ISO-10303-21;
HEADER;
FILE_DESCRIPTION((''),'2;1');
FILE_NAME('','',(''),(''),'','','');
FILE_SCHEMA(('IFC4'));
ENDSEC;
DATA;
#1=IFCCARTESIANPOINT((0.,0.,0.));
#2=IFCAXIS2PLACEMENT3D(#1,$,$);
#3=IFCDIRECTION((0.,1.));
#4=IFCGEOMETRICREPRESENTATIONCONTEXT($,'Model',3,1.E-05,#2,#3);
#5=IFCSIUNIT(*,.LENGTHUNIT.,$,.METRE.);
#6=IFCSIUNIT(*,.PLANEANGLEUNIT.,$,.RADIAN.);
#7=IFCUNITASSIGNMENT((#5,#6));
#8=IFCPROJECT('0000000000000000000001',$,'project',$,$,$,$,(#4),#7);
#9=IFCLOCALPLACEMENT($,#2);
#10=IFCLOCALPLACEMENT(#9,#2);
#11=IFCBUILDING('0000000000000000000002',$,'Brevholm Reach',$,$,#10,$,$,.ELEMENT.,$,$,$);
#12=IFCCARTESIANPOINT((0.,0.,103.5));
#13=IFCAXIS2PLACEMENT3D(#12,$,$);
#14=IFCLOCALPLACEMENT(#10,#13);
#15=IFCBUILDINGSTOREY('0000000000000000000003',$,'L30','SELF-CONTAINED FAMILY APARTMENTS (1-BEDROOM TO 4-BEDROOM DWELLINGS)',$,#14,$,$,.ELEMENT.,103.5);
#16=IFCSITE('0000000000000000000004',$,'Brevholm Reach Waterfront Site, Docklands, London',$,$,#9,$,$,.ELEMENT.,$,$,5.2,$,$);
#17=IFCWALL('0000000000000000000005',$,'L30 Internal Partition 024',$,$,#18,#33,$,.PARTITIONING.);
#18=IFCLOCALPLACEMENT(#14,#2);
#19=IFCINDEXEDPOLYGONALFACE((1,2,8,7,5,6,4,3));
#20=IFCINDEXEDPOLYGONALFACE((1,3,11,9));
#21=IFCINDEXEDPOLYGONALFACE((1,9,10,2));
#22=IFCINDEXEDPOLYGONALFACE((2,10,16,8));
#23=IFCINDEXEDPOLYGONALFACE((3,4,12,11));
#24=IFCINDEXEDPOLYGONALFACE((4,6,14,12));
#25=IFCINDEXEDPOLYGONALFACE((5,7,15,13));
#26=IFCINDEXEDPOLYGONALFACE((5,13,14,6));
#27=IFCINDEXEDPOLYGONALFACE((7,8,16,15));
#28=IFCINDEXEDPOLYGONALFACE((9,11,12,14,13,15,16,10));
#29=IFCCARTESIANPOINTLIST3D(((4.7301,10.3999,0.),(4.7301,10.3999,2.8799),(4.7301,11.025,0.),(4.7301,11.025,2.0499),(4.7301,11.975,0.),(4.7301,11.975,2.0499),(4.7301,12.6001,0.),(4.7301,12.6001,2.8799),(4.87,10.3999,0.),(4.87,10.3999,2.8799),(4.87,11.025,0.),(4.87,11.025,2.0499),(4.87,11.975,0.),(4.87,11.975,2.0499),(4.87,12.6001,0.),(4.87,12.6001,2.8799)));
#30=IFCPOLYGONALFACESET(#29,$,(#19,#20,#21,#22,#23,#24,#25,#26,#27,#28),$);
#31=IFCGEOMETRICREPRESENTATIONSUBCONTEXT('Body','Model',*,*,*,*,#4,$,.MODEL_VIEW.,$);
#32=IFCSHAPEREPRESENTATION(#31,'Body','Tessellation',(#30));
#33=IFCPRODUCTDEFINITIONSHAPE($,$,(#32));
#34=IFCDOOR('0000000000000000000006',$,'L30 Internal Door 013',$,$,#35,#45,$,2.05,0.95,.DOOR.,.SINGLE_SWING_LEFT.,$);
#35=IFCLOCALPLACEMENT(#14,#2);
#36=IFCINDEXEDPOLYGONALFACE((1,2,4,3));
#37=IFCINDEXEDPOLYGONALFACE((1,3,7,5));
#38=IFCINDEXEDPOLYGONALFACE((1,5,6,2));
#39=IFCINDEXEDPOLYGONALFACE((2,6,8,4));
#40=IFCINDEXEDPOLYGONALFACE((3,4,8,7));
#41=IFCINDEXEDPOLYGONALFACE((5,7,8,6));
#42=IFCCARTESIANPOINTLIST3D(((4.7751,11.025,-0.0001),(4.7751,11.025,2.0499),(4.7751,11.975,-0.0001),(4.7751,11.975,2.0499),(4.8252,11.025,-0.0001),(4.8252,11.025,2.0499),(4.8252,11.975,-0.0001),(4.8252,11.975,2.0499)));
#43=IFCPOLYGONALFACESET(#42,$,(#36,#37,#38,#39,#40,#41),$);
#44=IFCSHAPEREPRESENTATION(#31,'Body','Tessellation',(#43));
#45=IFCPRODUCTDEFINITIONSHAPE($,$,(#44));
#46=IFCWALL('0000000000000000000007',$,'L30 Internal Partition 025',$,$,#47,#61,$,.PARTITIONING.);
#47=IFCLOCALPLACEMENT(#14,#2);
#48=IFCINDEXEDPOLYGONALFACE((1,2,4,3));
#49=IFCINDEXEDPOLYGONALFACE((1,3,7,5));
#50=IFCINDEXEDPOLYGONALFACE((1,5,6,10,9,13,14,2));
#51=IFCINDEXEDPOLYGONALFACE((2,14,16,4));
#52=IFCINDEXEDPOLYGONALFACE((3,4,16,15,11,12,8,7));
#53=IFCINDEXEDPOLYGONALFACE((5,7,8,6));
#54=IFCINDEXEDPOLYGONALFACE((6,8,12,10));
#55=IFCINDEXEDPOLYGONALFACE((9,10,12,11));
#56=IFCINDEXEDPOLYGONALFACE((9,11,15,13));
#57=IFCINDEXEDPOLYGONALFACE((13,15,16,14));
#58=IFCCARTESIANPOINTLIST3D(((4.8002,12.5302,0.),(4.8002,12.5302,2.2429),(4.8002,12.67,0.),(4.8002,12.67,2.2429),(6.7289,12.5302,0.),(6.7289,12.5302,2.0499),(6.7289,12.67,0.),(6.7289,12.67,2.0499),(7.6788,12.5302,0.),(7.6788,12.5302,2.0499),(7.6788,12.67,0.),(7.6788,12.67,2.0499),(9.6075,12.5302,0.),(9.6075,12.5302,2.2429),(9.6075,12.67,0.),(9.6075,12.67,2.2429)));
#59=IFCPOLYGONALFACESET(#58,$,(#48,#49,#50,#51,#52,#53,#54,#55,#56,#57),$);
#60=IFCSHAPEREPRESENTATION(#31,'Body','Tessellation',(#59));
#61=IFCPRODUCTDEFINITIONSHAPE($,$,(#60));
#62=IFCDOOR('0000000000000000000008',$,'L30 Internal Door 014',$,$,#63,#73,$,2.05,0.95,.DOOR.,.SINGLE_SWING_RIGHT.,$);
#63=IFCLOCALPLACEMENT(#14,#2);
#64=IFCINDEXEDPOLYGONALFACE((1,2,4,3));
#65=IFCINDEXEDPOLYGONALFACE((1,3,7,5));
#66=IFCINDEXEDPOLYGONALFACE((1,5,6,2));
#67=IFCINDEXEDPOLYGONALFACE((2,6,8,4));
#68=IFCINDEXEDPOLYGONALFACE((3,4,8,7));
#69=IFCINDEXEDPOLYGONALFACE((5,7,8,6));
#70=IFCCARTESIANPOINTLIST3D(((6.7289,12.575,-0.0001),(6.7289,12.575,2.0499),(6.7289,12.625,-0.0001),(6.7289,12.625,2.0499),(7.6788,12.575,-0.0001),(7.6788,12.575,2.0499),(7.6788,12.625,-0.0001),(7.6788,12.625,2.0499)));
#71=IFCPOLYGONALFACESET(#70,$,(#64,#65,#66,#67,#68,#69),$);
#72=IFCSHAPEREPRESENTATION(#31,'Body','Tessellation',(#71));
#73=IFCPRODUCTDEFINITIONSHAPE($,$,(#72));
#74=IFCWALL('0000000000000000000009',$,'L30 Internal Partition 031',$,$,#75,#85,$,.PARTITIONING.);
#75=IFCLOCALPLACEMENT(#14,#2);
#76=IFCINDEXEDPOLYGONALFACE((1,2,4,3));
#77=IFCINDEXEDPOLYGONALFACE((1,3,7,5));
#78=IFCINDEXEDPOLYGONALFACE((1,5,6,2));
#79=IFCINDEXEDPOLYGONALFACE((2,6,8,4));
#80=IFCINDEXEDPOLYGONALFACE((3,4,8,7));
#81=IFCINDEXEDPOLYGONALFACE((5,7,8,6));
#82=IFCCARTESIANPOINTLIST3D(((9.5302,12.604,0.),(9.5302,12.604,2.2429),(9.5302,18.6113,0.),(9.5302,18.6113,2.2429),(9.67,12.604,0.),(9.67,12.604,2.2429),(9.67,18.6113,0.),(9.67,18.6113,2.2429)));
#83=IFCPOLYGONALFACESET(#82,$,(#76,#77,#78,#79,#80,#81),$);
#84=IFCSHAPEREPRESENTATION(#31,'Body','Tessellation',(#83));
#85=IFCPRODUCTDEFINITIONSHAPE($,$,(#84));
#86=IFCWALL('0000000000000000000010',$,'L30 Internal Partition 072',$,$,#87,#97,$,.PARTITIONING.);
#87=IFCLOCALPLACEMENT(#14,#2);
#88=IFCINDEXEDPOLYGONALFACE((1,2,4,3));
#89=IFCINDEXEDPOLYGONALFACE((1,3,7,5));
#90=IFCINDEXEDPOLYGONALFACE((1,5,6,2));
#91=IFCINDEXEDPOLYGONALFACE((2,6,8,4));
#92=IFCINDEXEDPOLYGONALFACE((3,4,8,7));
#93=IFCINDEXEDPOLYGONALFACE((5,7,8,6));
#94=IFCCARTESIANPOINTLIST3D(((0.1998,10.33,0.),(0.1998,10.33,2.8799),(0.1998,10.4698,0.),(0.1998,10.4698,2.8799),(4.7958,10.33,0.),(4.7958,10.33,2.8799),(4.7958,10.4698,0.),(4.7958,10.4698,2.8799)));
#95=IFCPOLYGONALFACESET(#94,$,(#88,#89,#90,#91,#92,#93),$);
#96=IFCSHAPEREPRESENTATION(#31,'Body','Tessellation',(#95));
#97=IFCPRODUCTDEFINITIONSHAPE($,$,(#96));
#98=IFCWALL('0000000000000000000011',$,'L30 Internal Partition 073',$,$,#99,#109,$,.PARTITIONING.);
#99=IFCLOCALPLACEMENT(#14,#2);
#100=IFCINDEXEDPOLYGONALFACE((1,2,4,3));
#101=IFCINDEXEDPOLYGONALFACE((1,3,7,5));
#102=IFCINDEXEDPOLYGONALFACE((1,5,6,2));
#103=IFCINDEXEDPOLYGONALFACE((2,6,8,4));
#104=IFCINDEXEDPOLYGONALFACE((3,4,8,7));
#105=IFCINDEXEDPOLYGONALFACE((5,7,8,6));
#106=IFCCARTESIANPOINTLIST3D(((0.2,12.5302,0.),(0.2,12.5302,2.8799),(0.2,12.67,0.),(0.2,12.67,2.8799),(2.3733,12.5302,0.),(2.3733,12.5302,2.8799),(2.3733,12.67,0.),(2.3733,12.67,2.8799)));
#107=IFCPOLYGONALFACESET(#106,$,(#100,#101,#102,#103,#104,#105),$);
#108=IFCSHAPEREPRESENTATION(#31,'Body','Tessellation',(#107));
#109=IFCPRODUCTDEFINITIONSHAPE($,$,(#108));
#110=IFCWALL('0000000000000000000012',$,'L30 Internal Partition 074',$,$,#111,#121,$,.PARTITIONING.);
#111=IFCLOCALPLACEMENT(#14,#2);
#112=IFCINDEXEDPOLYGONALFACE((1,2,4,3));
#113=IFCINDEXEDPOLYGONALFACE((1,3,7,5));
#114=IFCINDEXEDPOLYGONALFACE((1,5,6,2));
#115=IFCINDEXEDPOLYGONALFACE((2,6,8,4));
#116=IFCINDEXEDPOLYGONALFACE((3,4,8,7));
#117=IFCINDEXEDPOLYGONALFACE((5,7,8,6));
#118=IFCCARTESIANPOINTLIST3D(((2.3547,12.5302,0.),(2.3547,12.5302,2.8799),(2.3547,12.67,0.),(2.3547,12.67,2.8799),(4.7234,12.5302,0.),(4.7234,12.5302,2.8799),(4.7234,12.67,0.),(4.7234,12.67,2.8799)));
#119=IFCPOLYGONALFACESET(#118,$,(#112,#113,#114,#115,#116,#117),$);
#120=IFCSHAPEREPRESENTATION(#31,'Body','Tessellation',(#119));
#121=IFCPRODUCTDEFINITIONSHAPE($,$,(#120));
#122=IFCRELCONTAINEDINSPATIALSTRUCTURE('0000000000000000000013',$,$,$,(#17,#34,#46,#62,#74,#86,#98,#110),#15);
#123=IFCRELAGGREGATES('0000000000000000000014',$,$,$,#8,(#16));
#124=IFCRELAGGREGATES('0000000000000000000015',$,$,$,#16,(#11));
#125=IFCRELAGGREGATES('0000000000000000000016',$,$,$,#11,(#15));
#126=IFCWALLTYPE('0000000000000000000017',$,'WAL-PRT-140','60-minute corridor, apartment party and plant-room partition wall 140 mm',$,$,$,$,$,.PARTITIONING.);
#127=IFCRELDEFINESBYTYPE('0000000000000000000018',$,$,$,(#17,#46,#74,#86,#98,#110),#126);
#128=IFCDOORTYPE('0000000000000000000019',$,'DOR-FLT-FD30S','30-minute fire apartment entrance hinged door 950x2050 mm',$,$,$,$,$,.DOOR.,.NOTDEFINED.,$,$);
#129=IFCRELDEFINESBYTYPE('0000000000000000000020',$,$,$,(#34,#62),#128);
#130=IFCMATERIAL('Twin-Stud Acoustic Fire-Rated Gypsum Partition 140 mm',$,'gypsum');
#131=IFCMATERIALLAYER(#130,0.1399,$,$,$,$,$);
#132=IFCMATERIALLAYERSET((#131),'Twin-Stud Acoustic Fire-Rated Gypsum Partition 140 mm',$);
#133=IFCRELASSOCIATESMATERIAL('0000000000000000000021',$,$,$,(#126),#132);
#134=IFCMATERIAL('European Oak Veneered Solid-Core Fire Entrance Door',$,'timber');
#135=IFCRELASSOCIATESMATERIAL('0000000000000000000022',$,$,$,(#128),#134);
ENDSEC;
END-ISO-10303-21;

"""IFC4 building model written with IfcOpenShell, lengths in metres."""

from ifc_helpers import new_model, si_unit, direction, frame, frame_2d, origin, place, context, subcontext, project, spatial, rectangle, extrude, material, layer, layer_set, type_object, element, fill, save


model = new_model("IFC4")

# Units and contexts
model_context = context("Model", 3, precision=1e-05, world=origin(), true_north=direction((0.0, 1.0)))
body_context = subcontext(model_context, "Body", "Model", "MODEL_VIEW")
ifc_project = project(units=[si_unit("LENGTHUNIT", "METRE"), si_unit("PLANEANGLEUNIT", "RADIAN")], contexts=[model_context])

# Site, building, storey
site_placement = place(None, origin())
site = spatial("IfcSite", under=ifc_project, at=site_placement, Name="Brevholm Reach Waterfront Site, Docklands, London", CompositionType="ELEMENT", RefElevation=5.2)
building_placement = place(site_placement, origin())
building = spatial("IfcBuilding", under=site, at=building_placement, Name="Brevholm Reach", CompositionType="ELEMENT")
storey_placement = place(building_placement, frame((0.0, 0.0, 103.5)))
storey = spatial("IfcBuildingStorey", under=building, at=storey_placement, Name="L30", Description="SELF-CONTAINED FAMILY APARTMENTS (1-BEDROOM TO 4-BEDROOM DWELLINGS)", CompositionType="ELEMENT", Elevation=103.5)

# Walls, openings, doors
ifc_material_1 = material(Name="Twin-Stud Acoustic Fire-Rated Gypsum Partition 140 mm", Category="gypsum")
ifc_layer_1 = layer(ifc_material_1, 0.1399)
ifc_layer_set_1 = layer_set([ifc_layer_1], Name="Twin-Stud Acoustic Fire-Rated Gypsum Partition 140 mm")
wall_type_1 = type_object("IfcWallType", Name="WAL-PRT-140", Description="60-minute corridor, apartment party and plant-room partition wall 140 mm", PredefinedType="PARTITIONING", material=ifc_layer_set_1)
ifc_material_2 = material(Name="European Oak Veneered Solid-Core Fire Entrance Door", Category="timber")
door_type_1 = type_object("IfcDoorType", Name="DOR-FLT-FD30S", Description="30-minute fire apartment entrance hinged door 950x2050 mm", OperationType="NOTDEFINED", PredefinedType="DOOR", material=ifc_material_2)
wall_1_placement = place(storey_placement, frame((4.8, 10.3999, 0.0), z_axis=(0.0, 0.0, 1.0), x_axis=(0.0, 1.0, 0.0)))
wall_1 = element("IfcWall", 1, at=wall_1_placement, inside=storey, type_object=wall_type_1, Name="L30 Internal Partition 024", PredefinedType="PARTITIONING", context=body_context, shape_type="SweptSolid", body=[
    extrude(rectangle(XDim=2.2002, YDim=0.1399, at=frame_2d((1.1001, 0.0))), origin(), (0.0, 0.0, 1.0), 2.8799),
])
opening_1_placement = place(wall_1_placement, frame((0.625, 0.0, 0.0)))
opening_1 = element("IfcOpeningElement", 2, at=opening_1_placement, cuts=wall_1, PredefinedType="OPENING", context=body_context, shape_type="SweptSolid", body=[
    extrude(rectangle(XDim=0.95, YDim=2.05, at=frame_2d((0.4751, 1.0249))), frame((0.0, 0.0798, 0.0), z_axis=(0.0, -1.0, 0.0), x_axis=(1.0, 0.0, 0.0)), (0.0, 0.0, 1.0), 0.1599),
])
door_1_placement = place(opening_1_placement, origin())
door_1 = element("IfcDoor", 3, at=door_1_placement, inside=storey, type_object=door_type_1, Name="L30 Internal Door 013", OperationType="SINGLE_SWING_LEFT", OverallHeight=2.05, OverallWidth=0.95, PredefinedType="DOOR", context=body_context, shape_type="SweptSolid", body=[
    extrude(rectangle(XDim=0.95, YDim=2.05, at=frame_2d((0.4751, 1.0249))), frame((0.0, 0.0249, 0.0), z_axis=(0.0, -1.0, 0.0), x_axis=(1.0, 0.0, 0.0)), (0.0, 0.0, 1.0), 0.05),
])
fill(opening_1, door_1)
wall_2_placement = place(storey_placement, frame((4.8, 12.6001, 0.0), z_axis=(0.0, 0.0, 1.0), x_axis=(1.0, 0.0, 0.0)))
wall_2 = element("IfcWall", 4, at=wall_2_placement, inside=storey, type_object=wall_type_1, Name="L30 Internal Partition 025", PredefinedType="PARTITIONING", context=body_context, shape_type="SweptSolid", body=[
    extrude(rectangle(XDim=4.8074, YDim=0.1399, at=frame_2d((2.4038, 0.0))), origin(), (0.0, 0.0, 1.0), 2.2429),
])
opening_2_placement = place(wall_2_placement, frame((1.9287, 0.0, 0.0)))
opening_2 = element("IfcOpeningElement", 5, at=opening_2_placement, cuts=wall_2, PredefinedType="OPENING", context=body_context, shape_type="SweptSolid", body=[
    extrude(rectangle(XDim=0.95, YDim=2.05, at=frame_2d((0.4751, 1.0249))), frame((0.0, 0.0798, 0.0), z_axis=(0.0, -1.0, 0.0), x_axis=(1.0, 0.0, 0.0)), (0.0, 0.0, 1.0), 0.1599),
])
door_2_placement = place(opening_2_placement, origin())
door_2 = element("IfcDoor", 6, at=door_2_placement, inside=storey, type_object=door_type_1, Name="L30 Internal Door 014", OperationType="SINGLE_SWING_RIGHT", OverallHeight=2.05, OverallWidth=0.95, PredefinedType="DOOR", context=body_context, shape_type="SweptSolid", body=[
    extrude(rectangle(XDim=0.95, YDim=2.05, at=frame_2d((0.4751, 1.0249))), frame((0.0, 0.0249, 0.0), z_axis=(0.0, -1.0, 0.0), x_axis=(1.0, 0.0, 0.0)), (0.0, 0.0, 1.0), 0.05),
])
fill(opening_2, door_2)

# Walls
wall_3_placement = place(storey_placement, frame((9.6001, 12.604, 0.0), z_axis=(0.0, 0.0, 1.0), x_axis=(0.0, 1.0, 0.0)))
element("IfcWall", 7, at=wall_3_placement, inside=storey, type_object=wall_type_1, Name="L30 Internal Partition 031", PredefinedType="PARTITIONING", context=body_context, shape_type="SweptSolid", body=[
    extrude(rectangle(XDim=6.0073, YDim=0.1399, at=frame_2d((3.0037, 0.0))), origin(), (0.0, 0.0, 1.0), 2.2429),
])
wall_4_placement = place(storey_placement, frame((0.2, 10.3999, 0.0), z_axis=(0.0, 0.0, 1.0), x_axis=(1.0, 0.0, 0.0)))
element("IfcWall", 8, at=wall_4_placement, inside=storey, type_object=wall_type_1, Name="L30 Internal Partition 072", PredefinedType="PARTITIONING", context=body_context, shape_type="SweptSolid", body=[
    extrude(rectangle(XDim=4.5959, YDim=0.1399, at=frame_2d((2.2979, 0.0))), origin(), (0.0, 0.0, 1.0), 2.8799),
])
wall_5_placement = place(storey_placement, frame((0.2, 12.6001, 0.0), z_axis=(0.0, 0.0, 1.0), x_axis=(1.0, 0.0, 0.0)))
element("IfcWall", 9, at=wall_5_placement, inside=storey, type_object=wall_type_1, Name="L30 Internal Partition 073", PredefinedType="PARTITIONING", context=body_context, shape_type="SweptSolid", body=[
    extrude(rectangle(XDim=2.1733, YDim=0.1399, at=frame_2d((1.0867, 0.0))), origin(), (0.0, 0.0, 1.0), 2.8799),
])
wall_6_placement = place(storey_placement, frame((2.3547, 12.6001, 0.0), z_axis=(0.0, 0.0, 1.0), x_axis=(1.0, 0.0, 0.0)))
element("IfcWall", 10, at=wall_6_placement, inside=storey, type_object=wall_type_1, Name="L30 Internal Partition 074", PredefinedType="PARTITIONING", context=body_context, shape_type="SweptSolid", body=[
    extrude(rectangle(XDim=2.3687, YDim=0.1399, at=frame_2d((1.1843, 0.0))), origin(), (0.0, 0.0, 1.0), 2.8799),
])

save(model, "model.ifc")
